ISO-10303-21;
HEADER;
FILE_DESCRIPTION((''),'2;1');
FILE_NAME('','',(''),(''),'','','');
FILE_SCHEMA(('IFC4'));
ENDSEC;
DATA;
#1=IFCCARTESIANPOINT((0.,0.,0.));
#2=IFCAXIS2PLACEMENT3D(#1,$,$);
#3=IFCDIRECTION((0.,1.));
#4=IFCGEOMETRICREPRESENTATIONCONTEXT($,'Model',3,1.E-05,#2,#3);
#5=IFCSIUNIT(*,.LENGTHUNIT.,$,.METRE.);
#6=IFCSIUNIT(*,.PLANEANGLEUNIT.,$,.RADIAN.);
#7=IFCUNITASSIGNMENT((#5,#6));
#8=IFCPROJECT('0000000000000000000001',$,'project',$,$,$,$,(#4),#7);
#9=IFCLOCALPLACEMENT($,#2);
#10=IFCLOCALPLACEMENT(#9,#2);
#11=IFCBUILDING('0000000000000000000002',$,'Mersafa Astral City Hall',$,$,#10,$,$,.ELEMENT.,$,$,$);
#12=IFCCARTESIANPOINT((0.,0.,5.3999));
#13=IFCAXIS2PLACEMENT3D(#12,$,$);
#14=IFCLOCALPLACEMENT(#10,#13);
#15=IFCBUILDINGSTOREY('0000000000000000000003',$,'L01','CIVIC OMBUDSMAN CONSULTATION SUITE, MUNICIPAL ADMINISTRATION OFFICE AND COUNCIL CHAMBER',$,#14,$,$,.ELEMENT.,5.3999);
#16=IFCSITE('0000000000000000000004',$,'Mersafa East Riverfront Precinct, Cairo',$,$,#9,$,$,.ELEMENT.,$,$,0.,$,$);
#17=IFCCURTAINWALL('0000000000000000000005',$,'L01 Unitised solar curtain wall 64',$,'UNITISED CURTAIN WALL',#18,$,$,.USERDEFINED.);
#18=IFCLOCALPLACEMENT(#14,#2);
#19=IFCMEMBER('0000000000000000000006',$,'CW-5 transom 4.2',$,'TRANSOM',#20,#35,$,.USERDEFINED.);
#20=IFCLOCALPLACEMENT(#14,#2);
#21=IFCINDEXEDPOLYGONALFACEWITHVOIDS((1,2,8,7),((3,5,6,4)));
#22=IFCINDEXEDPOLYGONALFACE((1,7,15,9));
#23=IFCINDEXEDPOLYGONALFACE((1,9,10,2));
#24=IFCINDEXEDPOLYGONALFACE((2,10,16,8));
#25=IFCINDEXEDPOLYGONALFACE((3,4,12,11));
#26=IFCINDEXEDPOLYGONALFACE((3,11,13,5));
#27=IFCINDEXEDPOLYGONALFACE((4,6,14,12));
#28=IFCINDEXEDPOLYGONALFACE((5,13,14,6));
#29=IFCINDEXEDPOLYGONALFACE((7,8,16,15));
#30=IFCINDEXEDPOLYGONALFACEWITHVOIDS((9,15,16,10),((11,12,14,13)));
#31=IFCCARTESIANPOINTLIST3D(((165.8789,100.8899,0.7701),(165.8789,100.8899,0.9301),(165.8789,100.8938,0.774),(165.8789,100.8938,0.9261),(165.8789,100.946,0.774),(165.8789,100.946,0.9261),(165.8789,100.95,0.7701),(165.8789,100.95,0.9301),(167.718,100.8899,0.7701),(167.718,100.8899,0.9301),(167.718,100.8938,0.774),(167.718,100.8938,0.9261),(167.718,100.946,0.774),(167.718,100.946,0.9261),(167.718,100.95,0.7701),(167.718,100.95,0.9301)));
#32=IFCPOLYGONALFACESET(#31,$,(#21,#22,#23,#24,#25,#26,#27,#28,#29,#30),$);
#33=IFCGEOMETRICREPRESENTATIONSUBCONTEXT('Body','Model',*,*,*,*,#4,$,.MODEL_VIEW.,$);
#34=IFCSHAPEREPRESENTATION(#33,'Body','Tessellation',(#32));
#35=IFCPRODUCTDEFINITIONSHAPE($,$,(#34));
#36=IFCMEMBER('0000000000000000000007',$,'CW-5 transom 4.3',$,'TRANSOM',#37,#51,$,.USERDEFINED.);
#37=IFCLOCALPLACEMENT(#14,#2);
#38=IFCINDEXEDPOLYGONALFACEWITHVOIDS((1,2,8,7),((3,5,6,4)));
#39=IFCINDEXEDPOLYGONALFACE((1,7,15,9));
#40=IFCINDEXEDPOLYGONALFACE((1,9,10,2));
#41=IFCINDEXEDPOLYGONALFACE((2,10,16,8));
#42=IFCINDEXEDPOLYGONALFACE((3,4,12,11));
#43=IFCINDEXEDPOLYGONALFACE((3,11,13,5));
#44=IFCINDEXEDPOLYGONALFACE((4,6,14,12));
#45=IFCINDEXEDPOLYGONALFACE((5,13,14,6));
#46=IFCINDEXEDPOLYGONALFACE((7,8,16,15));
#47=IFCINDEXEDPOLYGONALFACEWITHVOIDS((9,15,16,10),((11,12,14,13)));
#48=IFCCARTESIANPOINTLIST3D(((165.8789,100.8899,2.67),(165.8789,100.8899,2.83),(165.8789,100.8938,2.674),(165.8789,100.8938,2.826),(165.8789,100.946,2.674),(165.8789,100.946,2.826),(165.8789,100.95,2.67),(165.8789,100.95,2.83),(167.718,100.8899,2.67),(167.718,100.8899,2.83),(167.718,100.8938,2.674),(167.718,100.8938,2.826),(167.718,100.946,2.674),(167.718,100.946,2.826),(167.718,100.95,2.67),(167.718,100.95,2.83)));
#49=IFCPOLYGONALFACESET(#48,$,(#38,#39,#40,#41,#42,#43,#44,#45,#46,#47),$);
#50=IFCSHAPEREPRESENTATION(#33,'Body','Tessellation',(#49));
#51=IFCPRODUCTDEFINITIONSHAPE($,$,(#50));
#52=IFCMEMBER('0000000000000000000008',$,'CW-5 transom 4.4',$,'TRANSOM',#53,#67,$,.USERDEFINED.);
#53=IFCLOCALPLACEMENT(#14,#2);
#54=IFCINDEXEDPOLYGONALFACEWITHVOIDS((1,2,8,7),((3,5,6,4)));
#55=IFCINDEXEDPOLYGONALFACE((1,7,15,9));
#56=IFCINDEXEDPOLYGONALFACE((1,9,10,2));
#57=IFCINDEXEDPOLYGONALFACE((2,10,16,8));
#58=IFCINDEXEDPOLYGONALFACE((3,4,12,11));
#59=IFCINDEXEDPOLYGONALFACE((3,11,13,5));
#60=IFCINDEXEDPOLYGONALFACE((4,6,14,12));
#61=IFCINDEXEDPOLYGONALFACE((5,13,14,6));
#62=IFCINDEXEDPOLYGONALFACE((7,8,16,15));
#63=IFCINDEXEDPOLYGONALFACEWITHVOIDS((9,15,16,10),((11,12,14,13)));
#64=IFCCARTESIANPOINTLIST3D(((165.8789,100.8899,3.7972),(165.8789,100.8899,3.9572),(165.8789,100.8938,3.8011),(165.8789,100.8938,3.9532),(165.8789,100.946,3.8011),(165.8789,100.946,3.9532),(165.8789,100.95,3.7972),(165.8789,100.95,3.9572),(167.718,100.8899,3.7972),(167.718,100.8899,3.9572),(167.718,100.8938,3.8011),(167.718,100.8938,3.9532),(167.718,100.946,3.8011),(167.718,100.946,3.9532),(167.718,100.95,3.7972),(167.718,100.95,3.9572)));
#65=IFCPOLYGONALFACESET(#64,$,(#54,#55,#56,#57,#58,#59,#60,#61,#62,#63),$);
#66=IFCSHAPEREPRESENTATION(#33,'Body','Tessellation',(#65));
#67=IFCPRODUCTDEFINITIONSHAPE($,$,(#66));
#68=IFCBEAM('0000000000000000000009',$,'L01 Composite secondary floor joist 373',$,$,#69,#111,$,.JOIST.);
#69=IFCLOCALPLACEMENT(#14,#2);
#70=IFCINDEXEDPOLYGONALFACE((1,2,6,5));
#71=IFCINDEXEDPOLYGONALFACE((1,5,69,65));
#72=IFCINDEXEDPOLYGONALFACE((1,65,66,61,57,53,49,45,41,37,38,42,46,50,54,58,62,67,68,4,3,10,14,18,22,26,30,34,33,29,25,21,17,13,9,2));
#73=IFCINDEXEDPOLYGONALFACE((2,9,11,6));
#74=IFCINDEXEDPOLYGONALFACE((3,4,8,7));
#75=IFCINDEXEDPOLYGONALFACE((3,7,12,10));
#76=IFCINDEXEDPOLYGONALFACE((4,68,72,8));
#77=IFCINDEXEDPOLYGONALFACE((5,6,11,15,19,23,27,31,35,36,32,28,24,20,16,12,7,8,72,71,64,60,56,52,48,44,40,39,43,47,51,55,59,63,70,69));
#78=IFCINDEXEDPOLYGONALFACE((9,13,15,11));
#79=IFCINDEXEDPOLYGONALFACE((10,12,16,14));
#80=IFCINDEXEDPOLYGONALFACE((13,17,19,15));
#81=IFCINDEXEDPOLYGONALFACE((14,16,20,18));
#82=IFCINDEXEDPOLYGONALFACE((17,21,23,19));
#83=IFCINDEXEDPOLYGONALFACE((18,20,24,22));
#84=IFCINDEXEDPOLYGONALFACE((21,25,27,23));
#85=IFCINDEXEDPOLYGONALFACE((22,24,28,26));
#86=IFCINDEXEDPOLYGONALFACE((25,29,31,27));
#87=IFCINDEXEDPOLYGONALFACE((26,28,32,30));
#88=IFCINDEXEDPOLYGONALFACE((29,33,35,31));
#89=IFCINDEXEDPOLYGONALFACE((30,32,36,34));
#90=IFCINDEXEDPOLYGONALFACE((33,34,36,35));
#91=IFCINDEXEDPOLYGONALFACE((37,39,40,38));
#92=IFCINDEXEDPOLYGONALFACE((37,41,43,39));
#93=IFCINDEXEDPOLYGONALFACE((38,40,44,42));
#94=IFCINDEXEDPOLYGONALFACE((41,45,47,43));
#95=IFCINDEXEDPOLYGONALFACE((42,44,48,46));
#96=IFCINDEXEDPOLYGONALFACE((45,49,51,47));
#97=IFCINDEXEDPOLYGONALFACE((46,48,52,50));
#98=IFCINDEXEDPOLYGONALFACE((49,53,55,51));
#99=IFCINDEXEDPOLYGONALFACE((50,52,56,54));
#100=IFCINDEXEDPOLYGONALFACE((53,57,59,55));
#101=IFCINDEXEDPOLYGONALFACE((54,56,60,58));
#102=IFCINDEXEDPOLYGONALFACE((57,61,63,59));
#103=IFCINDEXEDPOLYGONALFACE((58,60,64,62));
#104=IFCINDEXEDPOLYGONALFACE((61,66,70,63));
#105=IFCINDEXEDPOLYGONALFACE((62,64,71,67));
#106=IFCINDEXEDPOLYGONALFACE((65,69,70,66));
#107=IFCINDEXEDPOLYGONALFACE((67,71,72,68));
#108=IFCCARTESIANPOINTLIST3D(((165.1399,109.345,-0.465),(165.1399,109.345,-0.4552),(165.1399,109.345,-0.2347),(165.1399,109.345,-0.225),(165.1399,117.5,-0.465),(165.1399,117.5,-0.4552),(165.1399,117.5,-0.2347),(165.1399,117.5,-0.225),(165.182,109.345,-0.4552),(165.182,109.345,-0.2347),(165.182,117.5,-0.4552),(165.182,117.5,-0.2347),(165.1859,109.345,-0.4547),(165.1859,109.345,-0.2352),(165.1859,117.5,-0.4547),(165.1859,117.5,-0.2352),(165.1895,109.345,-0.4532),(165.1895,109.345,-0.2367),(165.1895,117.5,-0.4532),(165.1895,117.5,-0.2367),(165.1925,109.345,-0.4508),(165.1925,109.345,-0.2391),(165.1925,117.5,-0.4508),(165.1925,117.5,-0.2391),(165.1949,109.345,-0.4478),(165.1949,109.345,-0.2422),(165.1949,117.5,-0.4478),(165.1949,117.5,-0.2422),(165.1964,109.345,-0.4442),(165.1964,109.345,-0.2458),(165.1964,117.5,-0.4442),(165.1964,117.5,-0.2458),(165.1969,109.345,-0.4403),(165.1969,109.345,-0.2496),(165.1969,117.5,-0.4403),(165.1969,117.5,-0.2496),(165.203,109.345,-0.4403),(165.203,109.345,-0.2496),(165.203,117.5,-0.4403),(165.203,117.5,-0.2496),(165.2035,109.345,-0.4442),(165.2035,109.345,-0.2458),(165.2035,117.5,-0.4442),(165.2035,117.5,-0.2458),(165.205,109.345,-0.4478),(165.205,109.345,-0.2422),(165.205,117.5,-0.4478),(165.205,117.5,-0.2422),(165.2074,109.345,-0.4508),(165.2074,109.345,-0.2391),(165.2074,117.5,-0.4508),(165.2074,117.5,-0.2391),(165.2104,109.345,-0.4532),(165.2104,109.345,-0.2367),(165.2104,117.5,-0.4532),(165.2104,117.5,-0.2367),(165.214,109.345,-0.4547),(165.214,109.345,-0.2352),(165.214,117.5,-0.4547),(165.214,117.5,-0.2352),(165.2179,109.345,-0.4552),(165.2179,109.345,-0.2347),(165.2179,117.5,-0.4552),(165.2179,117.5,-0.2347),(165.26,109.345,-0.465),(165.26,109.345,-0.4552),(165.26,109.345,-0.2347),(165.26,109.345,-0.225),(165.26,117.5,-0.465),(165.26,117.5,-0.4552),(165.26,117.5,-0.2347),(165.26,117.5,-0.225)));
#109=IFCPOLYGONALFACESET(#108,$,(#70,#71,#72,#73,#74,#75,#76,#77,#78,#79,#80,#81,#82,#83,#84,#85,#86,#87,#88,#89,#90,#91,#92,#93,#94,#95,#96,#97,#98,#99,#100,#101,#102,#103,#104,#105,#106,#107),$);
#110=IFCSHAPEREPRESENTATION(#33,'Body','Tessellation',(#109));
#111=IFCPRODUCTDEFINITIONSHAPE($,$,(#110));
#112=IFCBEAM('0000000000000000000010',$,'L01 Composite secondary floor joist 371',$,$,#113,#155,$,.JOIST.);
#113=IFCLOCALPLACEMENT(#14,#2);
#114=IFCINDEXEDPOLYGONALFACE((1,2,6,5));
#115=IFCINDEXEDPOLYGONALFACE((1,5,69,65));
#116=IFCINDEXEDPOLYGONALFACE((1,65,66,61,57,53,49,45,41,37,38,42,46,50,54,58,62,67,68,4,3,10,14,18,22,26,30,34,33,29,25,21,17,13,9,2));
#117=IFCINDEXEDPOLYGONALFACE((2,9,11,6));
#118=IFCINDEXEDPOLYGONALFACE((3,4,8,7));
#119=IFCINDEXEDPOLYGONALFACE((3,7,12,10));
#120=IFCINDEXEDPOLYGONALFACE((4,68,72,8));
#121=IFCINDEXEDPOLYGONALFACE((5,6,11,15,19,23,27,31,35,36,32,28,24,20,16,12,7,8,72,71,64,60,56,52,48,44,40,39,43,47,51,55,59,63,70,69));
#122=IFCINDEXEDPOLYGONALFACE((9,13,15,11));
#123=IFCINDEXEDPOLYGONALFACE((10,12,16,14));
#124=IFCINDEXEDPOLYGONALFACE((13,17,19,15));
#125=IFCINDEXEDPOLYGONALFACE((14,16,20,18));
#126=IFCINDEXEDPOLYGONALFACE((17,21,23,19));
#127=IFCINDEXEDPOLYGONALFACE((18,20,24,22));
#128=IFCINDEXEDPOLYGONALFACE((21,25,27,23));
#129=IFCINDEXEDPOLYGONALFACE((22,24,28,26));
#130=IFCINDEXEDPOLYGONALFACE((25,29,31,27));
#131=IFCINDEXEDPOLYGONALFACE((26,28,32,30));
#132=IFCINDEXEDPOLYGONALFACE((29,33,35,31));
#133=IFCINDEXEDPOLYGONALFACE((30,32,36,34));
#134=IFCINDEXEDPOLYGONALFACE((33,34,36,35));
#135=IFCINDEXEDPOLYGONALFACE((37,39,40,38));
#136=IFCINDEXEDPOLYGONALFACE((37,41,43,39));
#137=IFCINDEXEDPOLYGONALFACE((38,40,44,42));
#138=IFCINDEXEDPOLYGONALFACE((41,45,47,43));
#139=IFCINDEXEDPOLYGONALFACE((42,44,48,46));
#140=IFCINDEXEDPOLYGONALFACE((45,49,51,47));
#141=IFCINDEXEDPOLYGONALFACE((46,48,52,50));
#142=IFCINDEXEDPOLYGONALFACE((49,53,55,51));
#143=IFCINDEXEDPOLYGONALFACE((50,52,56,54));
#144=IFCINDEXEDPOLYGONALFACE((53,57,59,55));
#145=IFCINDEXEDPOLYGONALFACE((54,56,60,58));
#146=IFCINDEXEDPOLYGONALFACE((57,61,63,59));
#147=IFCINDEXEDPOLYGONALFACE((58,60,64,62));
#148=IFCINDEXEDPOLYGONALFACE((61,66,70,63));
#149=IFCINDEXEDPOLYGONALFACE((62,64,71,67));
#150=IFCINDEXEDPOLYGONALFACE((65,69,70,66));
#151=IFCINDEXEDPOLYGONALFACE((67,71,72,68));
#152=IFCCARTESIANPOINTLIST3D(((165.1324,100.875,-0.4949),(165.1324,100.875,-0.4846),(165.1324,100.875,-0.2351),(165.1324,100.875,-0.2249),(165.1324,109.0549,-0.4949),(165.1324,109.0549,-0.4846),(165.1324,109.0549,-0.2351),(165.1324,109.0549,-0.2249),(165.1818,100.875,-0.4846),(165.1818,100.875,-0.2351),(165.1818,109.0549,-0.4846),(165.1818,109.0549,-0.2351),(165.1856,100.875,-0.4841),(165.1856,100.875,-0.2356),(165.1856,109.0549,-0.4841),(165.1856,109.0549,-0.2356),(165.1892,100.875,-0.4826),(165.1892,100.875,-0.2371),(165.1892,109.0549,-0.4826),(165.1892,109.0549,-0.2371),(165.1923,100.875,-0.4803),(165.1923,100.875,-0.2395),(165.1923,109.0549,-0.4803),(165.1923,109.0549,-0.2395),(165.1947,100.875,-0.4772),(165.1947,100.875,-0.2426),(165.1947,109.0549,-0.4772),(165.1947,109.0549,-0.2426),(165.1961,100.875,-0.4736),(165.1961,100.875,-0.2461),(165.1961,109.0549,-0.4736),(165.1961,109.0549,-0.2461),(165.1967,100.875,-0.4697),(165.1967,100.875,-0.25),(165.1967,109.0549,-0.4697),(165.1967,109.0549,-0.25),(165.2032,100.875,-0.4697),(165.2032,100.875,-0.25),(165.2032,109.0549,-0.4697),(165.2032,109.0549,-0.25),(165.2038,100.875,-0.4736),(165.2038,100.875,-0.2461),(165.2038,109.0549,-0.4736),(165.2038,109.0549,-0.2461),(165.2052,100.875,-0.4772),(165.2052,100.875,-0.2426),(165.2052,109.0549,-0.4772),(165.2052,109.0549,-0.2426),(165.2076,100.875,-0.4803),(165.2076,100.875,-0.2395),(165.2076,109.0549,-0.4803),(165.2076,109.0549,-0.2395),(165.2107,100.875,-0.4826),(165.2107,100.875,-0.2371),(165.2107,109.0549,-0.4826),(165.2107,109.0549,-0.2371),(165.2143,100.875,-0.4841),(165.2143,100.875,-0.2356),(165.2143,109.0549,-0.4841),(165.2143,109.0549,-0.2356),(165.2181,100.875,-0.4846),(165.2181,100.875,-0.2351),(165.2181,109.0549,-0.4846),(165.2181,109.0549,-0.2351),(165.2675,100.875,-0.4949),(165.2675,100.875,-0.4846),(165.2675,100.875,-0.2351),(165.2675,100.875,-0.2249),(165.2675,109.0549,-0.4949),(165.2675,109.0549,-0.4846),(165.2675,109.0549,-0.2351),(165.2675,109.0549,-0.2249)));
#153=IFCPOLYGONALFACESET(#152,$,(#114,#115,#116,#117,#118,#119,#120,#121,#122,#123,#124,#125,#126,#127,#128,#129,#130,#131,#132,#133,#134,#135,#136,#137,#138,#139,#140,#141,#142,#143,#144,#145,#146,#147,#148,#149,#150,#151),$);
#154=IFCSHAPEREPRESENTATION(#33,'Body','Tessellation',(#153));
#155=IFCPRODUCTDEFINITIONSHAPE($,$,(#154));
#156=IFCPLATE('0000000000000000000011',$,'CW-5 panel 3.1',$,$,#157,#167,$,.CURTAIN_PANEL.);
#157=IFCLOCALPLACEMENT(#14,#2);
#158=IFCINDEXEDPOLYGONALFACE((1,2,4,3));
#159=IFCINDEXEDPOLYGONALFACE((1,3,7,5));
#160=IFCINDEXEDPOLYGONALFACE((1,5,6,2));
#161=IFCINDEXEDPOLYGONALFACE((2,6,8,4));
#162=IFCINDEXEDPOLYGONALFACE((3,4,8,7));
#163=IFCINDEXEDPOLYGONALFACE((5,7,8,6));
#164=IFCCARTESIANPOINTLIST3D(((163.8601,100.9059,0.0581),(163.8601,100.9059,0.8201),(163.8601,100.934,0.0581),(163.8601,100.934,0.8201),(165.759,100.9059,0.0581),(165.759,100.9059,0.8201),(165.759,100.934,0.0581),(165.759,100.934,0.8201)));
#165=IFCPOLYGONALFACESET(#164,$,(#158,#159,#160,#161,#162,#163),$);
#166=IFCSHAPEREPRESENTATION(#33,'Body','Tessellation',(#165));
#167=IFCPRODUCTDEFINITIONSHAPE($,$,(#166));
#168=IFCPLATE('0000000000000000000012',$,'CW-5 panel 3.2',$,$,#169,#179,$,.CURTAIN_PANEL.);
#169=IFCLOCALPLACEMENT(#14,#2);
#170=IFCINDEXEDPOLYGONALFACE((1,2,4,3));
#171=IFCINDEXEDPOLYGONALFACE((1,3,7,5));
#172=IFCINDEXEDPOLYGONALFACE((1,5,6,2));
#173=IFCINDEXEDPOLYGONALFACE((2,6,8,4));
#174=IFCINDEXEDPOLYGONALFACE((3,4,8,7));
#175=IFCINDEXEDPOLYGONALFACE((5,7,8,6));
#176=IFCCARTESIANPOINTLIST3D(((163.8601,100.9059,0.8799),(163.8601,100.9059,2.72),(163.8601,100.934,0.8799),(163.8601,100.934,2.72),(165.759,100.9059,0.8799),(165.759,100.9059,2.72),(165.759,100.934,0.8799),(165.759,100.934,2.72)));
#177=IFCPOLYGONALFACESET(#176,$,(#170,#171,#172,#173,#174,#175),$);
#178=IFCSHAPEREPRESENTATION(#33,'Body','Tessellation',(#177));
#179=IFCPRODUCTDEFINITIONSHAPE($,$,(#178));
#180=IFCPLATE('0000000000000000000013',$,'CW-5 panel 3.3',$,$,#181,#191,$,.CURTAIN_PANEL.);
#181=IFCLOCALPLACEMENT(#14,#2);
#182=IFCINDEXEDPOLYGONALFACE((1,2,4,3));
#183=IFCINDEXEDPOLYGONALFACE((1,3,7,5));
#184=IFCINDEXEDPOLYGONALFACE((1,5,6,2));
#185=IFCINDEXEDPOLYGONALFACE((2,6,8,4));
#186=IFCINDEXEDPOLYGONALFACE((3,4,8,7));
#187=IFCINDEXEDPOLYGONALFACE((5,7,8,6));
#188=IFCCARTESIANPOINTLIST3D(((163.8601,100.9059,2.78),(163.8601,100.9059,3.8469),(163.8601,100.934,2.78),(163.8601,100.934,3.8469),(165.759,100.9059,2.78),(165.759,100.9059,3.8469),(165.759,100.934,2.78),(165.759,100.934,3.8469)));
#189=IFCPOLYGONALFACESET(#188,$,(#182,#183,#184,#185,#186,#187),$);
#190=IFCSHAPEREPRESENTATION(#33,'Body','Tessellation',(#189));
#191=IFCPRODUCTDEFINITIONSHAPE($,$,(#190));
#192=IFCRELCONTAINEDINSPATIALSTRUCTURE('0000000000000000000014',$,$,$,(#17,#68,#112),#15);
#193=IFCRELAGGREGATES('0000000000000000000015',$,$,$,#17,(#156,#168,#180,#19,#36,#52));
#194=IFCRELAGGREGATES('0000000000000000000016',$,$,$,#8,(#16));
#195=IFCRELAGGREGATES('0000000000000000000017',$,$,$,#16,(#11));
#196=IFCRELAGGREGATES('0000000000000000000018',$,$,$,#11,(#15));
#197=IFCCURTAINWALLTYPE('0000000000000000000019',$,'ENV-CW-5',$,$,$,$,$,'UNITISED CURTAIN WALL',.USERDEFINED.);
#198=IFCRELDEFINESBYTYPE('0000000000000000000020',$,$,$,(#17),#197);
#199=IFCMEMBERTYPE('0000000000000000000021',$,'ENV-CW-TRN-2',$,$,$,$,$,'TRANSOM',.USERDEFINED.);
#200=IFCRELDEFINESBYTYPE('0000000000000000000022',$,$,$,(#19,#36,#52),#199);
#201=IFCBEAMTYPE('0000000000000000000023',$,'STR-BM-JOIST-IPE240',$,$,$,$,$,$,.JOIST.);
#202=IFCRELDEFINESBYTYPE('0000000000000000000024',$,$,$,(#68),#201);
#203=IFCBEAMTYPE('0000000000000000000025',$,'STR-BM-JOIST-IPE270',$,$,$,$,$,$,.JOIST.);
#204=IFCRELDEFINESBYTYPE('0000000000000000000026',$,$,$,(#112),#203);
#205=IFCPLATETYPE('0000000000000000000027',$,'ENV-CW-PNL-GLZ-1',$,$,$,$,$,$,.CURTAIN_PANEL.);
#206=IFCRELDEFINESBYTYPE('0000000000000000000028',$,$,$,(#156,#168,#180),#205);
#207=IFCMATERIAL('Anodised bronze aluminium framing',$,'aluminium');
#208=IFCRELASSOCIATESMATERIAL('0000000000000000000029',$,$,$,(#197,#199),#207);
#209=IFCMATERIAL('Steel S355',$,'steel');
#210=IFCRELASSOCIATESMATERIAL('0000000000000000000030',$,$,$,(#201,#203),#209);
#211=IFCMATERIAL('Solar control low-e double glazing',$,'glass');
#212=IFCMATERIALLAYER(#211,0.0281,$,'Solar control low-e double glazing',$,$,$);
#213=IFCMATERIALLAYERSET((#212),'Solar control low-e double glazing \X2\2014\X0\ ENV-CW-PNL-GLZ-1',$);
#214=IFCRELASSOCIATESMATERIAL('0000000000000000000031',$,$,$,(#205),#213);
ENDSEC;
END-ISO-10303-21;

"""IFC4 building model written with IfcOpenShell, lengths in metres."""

from ifc_helpers import new_model, si_unit, direction, frame, origin, origin_2d, place, context, subcontext, project, spatial, rectangle, hollow_rectangle, i_section, extrude, material, layer, layer_set, material_profile, profile_set, type_object, element, aggregate, save


model = new_model("IFC4")

# Units and contexts
model_context = context("Model", 3, precision=1e-05, world=origin(), true_north=direction((0.0, 1.0)))
body_context = subcontext(model_context, "Body", "Model", "MODEL_VIEW")
ifc_project = project(units=[si_unit("LENGTHUNIT", "METRE"), si_unit("PLANEANGLEUNIT", "RADIAN")], contexts=[model_context])

# Site, building, storey
site_placement = place(None, origin())
site = spatial("IfcSite", under=ifc_project, at=site_placement, Name="Mersafa East Riverfront Precinct, Cairo", CompositionType="ELEMENT", RefElevation=0.0)
building_placement = place(site_placement, origin())
building = spatial("IfcBuilding", under=site, at=building_placement, Name="Mersafa Astral City Hall", CompositionType="ELEMENT")
storey_placement = place(building_placement, frame((0.0, 0.0, 5.3999)))
storey = spatial("IfcBuildingStorey", under=building, at=storey_placement, Name="L01", Description="CIVIC OMBUDSMAN CONSULTATION SUITE, MUNICIPAL ADMINISTRATION OFFICE AND COUNCIL CHAMBER", CompositionType="ELEMENT", Elevation=5.3999)

# Shared definitions
ifc_material_1 = material(Name="Steel S355", Category="steel")

# Curtain wall, members
ifc_material_2 = material(Name="Anodised bronze aluminium framing", Category="aluminium")
curtain_wall_type = type_object("IfcCurtainWallType", Name="ENV-CW-5", ElementType="UNITISED CURTAIN WALL", PredefinedType="USERDEFINED", material=ifc_material_2)
curtain_wall_placement = place(storey_placement, origin())
curtain_wall = element("IfcCurtainWall", 1, at=curtain_wall_placement, inside=storey, type_object=curtain_wall_type, Name="L01 Unitised solar curtain wall 64", ObjectType="UNITISED CURTAIN WALL", PredefinedType="USERDEFINED")
ifc_material_profile_1 = material_profile(ifc_material_2, hollow_rectangle(XDim=0.0601, YDim=0.1599, WallThickness=0.0039, at=origin_2d()), Name="RHS 60x160x4")
ifc_profile_set_1 = profile_set([ifc_material_profile_1], Name="Anodised bronze aluminium framing")
member_type_1 = type_object("IfcMemberType", Name="ENV-CW-TRN-2", ElementType="TRANSOM", PredefinedType="USERDEFINED", material=ifc_profile_set_1)
member_1_placement = place(storey_placement, frame((165.8789, 100.9199, 0.8501), z_axis=(1.0, 0.0, 0.0), x_axis=(0.0, 1.0, 0.0)))
member_1 = element("IfcMember", 2, at=member_1_placement, type_object=member_type_1, Name="CW-5 transom 4.2", ObjectType="TRANSOM", PredefinedType="USERDEFINED", context=body_context, shape_type="SweptSolid", body=[
    extrude(hollow_rectangle(XDim=0.0601, YDim=0.1599, WallThickness=0.0039, at=origin_2d()), origin(), (0.0, 0.0, 1.0), 1.8391),
])
member_2_placement = place(storey_placement, frame((165.8789, 100.9199, 2.75), z_axis=(1.0, 0.0, 0.0), x_axis=(0.0, 1.0, 0.0)))
member_2 = element("IfcMember", 3, at=member_2_placement, type_object=member_type_1, Name="CW-5 transom 4.3", ObjectType="TRANSOM", PredefinedType="USERDEFINED", context=body_context, shape_type="SweptSolid", body=[
    extrude(hollow_rectangle(XDim=0.0601, YDim=0.1599, WallThickness=0.0039, at=origin_2d()), origin(), (0.0, 0.0, 1.0), 1.8391),
])
member_3_placement = place(storey_placement, frame((165.8789, 100.9199, 3.8772), z_axis=(1.0, 0.0, 0.0), x_axis=(0.0, 1.0, 0.0)))
member_3 = element("IfcMember", 4, at=member_3_placement, type_object=member_type_1, Name="CW-5 transom 4.4", ObjectType="TRANSOM", PredefinedType="USERDEFINED", context=body_context, shape_type="SweptSolid", body=[
    extrude(hollow_rectangle(XDim=0.0601, YDim=0.1599, WallThickness=0.0039, at=origin_2d()), origin(), (0.0, 0.0, 1.0), 1.8391),
])

# Beams
ifc_material_profile_2 = material_profile(ifc_material_1, i_section(OverallWidth=0.1201, OverallDepth=0.24, WebThickness=0.0061, FlangeThickness=0.0098, FilletRadius=0.0149, at=origin_2d()), Name="IPE 240")
ifc_profile_set_2 = profile_set([ifc_material_profile_2], Name="Steel S355")
beam_type_1 = type_object("IfcBeamType", Name="STR-BM-JOIST-IPE240", PredefinedType="JOIST", material=ifc_profile_set_2)
beam_1_placement = place(storey_placement, frame((165.2, 109.345, -0.345), z_axis=(0.0, 1.0, 0.0), x_axis=(-1.0, 0.0, 0.0)))
element("IfcBeam", 5, at=beam_1_placement, inside=storey, type_object=beam_type_1, Name="L01 Composite secondary floor joist 373", PredefinedType="JOIST", context=body_context, shape_type="SweptSolid", body=[
    extrude(i_section(OverallWidth=0.1201, OverallDepth=0.24, WebThickness=0.0061, FlangeThickness=0.0098, FilletRadius=0.0149, at=origin_2d()), origin(), (0.0, 0.0, 1.0), 8.155),
])
ifc_material_profile_3 = material_profile(ifc_material_1, i_section(OverallWidth=0.135, OverallDepth=0.27, WebThickness=0.0066, FlangeThickness=0.0103, FilletRadius=0.0149, at=origin_2d()), Name="IPE 270")
ifc_profile_set_3 = profile_set([ifc_material_profile_3], Name="Steel S355")
beam_type_2 = type_object("IfcBeamType", Name="STR-BM-JOIST-IPE270", PredefinedType="JOIST", material=ifc_profile_set_3)
beam_2_placement = place(storey_placement, frame((165.2, 100.875, -0.3599), z_axis=(0.0, 1.0, 0.0), x_axis=(-1.0, 0.0, 0.0)))
element("IfcBeam", 6, at=beam_2_placement, inside=storey, type_object=beam_type_2, Name="L01 Composite secondary floor joist 371", PredefinedType="JOIST", context=body_context, shape_type="SweptSolid", body=[
    extrude(i_section(OverallWidth=0.135, OverallDepth=0.27, WebThickness=0.0066, FlangeThickness=0.0103, FilletRadius=0.0149, at=origin_2d()), origin(), (0.0, 0.0, 1.0), 8.1799),
])

# Plates
ifc_material_3 = material(Name="Solar control low-e double glazing", Category="glass")
ifc_layer_1 = layer(ifc_material_3, 0.0281, Name="Solar control low-e double glazing")
ifc_layer_set_1 = layer_set([ifc_layer_1], Name="Solar control low-e double glazing — ENV-CW-PNL-GLZ-1")
plate_type = type_object("IfcPlateType", Name="ENV-CW-PNL-GLZ-1", PredefinedType="CURTAIN_PANEL", material=ifc_layer_set_1)
plate_1_placement = place(storey_placement, frame((164.8096, 100.9199, 0.0581), z_axis=(0.0, 0.0, 1.0), x_axis=(1.0, 0.0, 0.0)))
plate_1 = element("IfcPlate", 7, at=plate_1_placement, type_object=plate_type, Name="CW-5 panel 3.1", PredefinedType="CURTAIN_PANEL", context=body_context, shape_type="SweptSolid", body=[
    extrude(rectangle(XDim=1.8989, YDim=0.0281, at=origin_2d()), origin(), (0.0, 0.0, 1.0), 0.762),
])
plate_2_placement = place(storey_placement, frame((164.8096, 100.9199, 0.8799), z_axis=(0.0, 0.0, 1.0), x_axis=(1.0, 0.0, 0.0)))
plate_2 = element("IfcPlate", 8, at=plate_2_placement, type_object=plate_type, Name="CW-5 panel 3.2", PredefinedType="CURTAIN_PANEL", context=body_context, shape_type="SweptSolid", body=[
    extrude(rectangle(XDim=1.8989, YDim=0.0281, at=origin_2d()), origin(), (0.0, 0.0, 1.0), 1.8401),
])
plate_3_placement = place(storey_placement, frame((164.8096, 100.9199, 2.78), z_axis=(0.0, 0.0, 1.0), x_axis=(1.0, 0.0, 0.0)))
plate_3 = element("IfcPlate", 9, at=plate_3_placement, type_object=plate_type, Name="CW-5 panel 3.3", PredefinedType="CURTAIN_PANEL", context=body_context, shape_type="SweptSolid", body=[
    extrude(rectangle(XDim=1.8989, YDim=0.0281, at=origin_2d()), origin(), (0.0, 0.0, 1.0), 1.0669),
])
aggregate(curtain_wall, [plate_1, plate_2, plate_3, member_1, member_2, member_3])

save(model, "model.ifc")
